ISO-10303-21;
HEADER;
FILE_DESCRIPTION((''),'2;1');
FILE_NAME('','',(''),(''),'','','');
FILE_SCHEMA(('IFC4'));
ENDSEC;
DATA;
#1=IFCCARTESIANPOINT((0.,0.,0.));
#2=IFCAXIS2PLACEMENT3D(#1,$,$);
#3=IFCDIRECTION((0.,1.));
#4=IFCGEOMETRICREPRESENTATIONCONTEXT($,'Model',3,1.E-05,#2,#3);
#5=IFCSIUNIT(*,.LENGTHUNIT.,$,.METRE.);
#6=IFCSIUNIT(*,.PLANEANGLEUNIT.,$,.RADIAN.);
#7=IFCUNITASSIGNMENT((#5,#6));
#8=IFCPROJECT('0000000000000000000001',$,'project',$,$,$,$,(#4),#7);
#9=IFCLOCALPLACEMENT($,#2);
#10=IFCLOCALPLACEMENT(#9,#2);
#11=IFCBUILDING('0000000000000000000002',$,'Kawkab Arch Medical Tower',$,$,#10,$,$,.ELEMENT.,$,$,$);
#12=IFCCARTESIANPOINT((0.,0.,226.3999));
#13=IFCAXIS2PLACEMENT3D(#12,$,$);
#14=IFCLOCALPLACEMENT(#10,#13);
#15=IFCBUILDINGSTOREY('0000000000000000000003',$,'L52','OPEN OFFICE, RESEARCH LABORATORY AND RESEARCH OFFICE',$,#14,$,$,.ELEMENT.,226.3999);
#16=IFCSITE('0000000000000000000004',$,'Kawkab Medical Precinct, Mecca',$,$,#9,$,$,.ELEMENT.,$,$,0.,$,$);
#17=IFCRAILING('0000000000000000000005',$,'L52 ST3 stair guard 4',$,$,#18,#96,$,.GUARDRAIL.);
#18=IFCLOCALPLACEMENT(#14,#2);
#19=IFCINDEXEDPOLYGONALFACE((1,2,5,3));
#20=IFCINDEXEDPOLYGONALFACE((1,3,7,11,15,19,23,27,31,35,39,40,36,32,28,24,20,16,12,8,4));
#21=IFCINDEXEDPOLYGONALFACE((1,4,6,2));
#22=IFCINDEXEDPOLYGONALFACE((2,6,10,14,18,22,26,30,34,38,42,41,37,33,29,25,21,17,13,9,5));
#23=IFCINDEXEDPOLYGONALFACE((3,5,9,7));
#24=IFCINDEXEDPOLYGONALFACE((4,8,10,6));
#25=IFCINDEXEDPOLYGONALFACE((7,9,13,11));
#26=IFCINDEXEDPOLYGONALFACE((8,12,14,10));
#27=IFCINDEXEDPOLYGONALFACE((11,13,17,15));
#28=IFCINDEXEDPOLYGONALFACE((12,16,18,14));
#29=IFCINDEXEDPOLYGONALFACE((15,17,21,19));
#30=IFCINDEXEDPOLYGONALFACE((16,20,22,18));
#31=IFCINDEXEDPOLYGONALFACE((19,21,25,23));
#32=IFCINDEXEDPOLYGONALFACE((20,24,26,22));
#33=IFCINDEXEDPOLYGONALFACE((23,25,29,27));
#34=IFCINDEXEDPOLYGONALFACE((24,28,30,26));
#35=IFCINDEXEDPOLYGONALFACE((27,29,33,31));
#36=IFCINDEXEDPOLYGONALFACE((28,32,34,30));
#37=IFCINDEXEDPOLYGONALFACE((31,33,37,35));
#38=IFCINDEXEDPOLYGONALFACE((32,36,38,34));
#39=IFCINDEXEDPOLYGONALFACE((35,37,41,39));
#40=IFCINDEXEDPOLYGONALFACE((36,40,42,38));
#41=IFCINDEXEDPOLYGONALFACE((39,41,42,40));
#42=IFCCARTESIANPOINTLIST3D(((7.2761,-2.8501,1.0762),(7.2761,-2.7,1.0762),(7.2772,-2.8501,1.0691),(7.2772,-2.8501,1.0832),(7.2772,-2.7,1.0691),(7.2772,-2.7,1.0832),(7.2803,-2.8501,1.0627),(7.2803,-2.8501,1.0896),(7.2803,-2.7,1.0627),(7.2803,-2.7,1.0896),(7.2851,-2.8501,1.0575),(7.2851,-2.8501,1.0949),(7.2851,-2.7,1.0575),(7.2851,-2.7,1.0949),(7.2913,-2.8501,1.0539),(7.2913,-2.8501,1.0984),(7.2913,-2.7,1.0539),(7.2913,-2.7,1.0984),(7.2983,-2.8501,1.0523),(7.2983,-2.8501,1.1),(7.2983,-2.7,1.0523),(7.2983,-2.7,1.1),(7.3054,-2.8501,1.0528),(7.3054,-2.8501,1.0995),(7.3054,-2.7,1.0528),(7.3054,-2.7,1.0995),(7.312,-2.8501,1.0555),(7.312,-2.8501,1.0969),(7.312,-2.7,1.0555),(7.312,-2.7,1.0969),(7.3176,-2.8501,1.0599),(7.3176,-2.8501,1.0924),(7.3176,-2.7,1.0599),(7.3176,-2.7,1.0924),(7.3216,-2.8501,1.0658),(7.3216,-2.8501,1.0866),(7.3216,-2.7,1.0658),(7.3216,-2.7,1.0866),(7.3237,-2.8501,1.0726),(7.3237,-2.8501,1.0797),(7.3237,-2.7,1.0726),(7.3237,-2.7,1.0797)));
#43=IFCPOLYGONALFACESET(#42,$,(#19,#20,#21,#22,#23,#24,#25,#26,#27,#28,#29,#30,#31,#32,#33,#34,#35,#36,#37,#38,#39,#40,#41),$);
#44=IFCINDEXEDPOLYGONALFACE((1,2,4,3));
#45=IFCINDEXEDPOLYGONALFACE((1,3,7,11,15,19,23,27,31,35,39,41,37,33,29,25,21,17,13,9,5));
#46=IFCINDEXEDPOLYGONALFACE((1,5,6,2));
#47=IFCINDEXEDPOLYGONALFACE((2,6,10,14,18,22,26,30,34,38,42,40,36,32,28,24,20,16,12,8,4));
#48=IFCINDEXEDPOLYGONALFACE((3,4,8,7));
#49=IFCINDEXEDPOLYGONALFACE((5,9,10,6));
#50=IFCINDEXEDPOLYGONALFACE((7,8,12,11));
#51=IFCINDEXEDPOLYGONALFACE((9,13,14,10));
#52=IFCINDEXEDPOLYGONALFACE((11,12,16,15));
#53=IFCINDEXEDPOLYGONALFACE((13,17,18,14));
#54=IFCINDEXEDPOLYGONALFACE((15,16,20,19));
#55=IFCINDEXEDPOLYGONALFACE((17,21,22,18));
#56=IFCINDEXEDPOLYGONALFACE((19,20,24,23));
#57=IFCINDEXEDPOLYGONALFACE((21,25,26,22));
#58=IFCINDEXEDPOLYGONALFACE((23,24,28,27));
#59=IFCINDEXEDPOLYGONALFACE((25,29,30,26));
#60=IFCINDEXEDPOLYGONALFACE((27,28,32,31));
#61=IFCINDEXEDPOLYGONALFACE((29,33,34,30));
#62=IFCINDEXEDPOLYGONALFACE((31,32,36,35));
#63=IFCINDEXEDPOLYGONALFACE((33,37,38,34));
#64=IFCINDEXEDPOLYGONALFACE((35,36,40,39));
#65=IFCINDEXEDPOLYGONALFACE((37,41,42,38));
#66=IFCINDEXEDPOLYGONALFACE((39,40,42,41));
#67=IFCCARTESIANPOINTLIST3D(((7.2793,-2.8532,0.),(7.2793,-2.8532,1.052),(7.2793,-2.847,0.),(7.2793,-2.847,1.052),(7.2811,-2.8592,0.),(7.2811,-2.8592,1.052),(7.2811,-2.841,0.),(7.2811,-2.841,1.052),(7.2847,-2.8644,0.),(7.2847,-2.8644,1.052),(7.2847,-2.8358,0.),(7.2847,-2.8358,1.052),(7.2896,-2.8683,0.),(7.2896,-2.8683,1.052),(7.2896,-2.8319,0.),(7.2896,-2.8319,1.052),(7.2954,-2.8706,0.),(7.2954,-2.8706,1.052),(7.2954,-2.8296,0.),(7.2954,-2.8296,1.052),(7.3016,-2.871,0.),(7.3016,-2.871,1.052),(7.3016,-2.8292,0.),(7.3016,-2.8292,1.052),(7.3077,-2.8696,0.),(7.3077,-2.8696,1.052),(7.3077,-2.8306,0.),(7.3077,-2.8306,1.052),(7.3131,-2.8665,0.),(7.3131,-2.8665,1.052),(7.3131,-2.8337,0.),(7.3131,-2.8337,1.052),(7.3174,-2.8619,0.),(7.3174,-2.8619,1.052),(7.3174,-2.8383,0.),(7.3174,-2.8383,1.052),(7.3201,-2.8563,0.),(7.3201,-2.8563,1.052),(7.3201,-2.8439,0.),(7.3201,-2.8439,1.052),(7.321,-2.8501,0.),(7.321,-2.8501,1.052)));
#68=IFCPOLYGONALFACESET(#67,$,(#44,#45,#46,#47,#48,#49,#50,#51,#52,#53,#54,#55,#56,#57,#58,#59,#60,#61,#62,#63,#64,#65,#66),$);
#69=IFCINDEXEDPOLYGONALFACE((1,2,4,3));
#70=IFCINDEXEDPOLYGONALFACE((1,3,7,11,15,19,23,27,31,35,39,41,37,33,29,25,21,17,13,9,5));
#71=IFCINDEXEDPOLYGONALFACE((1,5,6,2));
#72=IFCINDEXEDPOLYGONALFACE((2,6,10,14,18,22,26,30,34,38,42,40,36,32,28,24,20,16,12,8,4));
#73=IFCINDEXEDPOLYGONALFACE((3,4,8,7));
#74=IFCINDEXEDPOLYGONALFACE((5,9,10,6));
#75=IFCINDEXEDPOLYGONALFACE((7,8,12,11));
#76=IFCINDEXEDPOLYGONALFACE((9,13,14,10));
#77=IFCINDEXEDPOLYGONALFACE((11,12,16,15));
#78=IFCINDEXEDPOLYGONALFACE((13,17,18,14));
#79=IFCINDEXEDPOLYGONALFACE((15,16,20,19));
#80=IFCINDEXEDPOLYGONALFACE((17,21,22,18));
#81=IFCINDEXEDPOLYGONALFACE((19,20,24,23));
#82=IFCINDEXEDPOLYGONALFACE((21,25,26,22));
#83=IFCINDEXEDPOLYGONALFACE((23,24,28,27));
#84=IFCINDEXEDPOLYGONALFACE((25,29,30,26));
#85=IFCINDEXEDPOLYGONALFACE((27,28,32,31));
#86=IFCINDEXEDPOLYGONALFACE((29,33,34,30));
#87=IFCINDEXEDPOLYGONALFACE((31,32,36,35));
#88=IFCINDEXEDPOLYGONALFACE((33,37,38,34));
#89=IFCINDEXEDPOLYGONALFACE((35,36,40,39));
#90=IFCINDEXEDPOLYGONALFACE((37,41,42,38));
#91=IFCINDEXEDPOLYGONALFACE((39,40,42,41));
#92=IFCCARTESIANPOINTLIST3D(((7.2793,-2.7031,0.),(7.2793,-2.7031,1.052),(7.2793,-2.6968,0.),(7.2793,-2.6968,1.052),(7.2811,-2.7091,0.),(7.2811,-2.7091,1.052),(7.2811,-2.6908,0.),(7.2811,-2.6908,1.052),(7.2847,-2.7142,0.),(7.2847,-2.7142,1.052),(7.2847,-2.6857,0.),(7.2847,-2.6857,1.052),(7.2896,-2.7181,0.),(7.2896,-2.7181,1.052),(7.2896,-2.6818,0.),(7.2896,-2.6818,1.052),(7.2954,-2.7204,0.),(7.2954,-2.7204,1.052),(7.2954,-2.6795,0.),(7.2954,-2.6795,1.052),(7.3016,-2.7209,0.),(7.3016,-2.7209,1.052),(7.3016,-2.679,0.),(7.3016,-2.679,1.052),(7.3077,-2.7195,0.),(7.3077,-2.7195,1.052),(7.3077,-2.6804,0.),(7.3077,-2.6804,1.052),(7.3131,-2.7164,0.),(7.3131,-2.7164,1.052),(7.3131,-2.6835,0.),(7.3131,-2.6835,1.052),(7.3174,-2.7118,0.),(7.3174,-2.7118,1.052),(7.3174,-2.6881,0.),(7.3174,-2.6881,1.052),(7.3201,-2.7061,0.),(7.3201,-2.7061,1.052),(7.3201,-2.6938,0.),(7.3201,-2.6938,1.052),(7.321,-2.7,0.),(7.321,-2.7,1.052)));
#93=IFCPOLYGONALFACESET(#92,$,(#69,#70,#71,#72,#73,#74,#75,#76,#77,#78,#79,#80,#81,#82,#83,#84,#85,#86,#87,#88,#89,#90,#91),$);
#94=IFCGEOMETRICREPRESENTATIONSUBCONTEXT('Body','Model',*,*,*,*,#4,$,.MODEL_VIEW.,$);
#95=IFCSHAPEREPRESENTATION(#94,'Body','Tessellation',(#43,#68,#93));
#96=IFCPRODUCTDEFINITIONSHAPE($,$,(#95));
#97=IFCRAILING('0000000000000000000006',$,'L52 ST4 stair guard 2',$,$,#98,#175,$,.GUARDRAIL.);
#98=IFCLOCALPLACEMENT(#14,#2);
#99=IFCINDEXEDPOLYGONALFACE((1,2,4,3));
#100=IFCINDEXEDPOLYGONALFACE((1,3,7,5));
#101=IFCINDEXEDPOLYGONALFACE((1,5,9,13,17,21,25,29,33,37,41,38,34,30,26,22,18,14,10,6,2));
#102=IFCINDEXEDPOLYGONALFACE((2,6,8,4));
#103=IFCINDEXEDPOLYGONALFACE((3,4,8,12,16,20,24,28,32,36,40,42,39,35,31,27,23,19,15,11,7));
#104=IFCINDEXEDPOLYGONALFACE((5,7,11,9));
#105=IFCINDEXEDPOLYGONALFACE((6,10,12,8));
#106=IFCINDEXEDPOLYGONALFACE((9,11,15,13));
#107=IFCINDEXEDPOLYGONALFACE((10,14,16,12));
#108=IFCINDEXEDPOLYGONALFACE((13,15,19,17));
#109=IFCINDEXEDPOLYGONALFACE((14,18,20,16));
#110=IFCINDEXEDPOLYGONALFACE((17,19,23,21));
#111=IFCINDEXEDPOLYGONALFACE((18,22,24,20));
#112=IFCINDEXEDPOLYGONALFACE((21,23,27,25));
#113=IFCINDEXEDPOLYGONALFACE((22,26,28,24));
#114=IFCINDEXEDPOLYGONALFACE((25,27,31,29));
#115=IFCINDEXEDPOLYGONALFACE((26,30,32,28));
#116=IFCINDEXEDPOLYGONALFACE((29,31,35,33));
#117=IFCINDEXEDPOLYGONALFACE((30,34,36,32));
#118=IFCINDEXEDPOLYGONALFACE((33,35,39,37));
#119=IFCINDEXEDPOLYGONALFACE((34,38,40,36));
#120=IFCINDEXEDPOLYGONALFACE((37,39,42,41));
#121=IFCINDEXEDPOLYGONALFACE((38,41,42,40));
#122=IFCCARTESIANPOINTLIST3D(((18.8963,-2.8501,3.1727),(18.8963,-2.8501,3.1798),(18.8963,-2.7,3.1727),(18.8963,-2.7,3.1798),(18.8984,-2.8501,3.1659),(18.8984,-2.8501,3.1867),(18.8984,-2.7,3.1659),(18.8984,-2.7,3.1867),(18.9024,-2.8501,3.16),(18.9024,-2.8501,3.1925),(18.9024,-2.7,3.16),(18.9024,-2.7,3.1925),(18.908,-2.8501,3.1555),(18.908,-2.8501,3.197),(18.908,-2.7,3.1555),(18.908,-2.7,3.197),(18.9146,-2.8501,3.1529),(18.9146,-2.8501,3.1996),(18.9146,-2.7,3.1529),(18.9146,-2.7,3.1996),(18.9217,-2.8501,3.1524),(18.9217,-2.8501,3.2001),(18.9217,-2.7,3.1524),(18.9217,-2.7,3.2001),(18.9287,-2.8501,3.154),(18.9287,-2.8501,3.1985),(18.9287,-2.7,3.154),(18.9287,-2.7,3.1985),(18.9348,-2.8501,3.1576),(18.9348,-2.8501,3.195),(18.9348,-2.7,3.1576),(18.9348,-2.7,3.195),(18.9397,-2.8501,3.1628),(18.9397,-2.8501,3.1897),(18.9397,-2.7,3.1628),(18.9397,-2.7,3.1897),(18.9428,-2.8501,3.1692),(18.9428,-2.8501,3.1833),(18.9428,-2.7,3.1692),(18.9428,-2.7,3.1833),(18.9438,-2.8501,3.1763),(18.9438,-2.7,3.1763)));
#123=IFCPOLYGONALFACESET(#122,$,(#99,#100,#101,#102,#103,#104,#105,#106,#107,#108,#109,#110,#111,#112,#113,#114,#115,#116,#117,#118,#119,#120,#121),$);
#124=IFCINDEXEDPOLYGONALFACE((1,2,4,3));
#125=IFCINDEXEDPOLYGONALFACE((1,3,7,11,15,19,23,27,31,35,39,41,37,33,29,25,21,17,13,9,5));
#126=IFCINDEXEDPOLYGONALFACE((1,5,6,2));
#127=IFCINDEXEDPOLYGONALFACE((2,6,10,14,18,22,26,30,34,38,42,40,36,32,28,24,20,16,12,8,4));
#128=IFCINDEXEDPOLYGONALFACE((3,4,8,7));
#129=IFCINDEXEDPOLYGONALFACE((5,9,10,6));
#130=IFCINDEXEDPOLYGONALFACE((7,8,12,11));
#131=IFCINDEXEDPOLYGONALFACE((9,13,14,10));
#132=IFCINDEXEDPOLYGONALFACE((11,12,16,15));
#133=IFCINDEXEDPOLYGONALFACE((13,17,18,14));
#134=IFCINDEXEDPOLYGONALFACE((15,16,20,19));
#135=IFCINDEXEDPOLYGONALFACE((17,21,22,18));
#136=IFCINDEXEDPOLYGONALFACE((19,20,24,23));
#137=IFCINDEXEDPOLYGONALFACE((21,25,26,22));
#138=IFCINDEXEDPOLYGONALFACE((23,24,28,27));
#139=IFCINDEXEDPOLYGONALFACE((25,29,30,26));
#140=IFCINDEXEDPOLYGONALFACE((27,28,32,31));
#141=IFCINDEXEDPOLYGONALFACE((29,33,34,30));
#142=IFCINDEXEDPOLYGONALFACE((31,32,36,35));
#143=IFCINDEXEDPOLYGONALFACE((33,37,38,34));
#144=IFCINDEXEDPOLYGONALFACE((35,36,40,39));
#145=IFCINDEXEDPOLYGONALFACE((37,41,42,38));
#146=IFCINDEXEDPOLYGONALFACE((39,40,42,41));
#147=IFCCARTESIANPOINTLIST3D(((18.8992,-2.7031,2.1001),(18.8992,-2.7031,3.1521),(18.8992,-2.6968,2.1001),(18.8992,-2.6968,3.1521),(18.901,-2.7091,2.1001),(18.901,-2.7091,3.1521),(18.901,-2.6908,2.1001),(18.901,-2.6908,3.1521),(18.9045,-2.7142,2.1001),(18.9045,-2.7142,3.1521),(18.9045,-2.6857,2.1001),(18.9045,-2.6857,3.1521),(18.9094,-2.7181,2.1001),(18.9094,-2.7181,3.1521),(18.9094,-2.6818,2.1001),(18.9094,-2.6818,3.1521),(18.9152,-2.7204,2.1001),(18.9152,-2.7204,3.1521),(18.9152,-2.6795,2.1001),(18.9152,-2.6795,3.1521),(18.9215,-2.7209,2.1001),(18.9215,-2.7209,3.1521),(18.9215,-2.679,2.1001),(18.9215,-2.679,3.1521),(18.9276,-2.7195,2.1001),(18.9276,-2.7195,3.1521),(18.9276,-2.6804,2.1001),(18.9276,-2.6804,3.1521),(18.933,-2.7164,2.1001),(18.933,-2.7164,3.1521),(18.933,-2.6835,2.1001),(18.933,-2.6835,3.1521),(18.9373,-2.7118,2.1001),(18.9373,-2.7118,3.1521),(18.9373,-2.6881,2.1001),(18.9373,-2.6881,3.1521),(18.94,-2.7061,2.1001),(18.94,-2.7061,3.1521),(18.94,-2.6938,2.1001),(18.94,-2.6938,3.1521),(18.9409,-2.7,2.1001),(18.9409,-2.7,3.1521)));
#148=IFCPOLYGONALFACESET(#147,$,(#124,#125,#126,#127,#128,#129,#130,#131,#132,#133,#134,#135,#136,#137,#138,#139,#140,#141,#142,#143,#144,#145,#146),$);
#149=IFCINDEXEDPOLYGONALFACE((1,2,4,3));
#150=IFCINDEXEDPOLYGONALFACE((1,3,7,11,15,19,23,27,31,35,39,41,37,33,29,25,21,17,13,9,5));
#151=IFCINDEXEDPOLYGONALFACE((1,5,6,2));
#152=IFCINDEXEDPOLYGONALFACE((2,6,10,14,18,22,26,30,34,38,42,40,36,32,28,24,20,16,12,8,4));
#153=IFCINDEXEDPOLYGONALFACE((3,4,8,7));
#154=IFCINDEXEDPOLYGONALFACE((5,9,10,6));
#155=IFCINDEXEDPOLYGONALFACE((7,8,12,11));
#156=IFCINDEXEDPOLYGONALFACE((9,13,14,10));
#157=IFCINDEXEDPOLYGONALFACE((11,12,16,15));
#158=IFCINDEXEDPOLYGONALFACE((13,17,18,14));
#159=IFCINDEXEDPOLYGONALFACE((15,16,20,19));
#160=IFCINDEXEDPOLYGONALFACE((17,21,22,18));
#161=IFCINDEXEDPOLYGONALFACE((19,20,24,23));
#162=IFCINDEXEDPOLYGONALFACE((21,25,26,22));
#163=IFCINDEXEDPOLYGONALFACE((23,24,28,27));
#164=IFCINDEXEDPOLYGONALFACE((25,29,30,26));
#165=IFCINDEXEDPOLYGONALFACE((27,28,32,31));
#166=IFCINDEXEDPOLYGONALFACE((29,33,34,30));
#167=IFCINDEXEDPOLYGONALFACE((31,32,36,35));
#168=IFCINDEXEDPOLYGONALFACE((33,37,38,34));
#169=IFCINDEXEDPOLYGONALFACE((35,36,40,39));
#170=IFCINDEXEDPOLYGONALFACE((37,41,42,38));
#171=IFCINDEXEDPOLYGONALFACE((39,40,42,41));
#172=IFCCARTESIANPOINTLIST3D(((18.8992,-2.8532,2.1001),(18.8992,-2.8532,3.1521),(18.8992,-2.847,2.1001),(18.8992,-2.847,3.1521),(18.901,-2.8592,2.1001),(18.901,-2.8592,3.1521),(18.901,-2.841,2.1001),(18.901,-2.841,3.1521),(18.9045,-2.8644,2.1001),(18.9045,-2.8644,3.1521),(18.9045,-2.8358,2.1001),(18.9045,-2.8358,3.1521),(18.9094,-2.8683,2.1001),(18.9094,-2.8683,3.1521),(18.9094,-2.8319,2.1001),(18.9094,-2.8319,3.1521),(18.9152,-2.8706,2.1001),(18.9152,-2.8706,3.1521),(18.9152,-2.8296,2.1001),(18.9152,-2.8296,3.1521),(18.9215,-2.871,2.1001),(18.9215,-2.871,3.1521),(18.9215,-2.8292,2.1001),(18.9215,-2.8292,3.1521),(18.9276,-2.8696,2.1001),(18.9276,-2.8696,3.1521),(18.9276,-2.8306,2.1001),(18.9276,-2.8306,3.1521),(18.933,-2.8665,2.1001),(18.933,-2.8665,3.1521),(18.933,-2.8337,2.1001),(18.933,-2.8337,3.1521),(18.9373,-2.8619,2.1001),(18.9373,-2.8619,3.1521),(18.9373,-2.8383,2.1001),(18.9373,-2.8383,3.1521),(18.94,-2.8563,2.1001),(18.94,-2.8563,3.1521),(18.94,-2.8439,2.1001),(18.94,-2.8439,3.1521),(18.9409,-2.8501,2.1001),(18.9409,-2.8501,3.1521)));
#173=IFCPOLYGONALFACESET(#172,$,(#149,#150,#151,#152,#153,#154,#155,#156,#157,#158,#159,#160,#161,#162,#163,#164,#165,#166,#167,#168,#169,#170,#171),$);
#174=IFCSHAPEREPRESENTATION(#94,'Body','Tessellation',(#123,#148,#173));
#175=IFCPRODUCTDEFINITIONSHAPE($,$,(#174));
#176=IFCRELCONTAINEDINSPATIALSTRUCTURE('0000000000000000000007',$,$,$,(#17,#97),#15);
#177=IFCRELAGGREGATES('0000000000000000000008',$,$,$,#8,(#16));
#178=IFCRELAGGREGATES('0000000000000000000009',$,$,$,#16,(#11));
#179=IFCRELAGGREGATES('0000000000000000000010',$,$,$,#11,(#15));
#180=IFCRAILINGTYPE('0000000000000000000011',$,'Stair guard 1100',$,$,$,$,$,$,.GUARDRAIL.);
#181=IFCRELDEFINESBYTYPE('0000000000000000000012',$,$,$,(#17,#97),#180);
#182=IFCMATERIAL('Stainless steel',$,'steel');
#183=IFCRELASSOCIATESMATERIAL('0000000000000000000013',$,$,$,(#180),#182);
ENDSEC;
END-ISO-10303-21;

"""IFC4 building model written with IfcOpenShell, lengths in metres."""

from ifc_helpers import new_model, si_unit, direction, frame, origin, origin_2d, place, context, subcontext, project, spatial, circle, extrude, material, type_object, element, save


model = new_model("IFC4")

# Units and contexts
model_context = context("Model", 3, precision=1e-05, world=origin(), true_north=direction((0.0, 1.0)))
body_context = subcontext(model_context, "Body", "Model", "MODEL_VIEW")
ifc_project = project(units=[si_unit("LENGTHUNIT", "METRE"), si_unit("PLANEANGLEUNIT", "RADIAN")], contexts=[model_context])

# Site, building, storey
site_placement = place(None, origin())
site = spatial("IfcSite", under=ifc_project, at=site_placement, Name="Kawkab Medical Precinct, Mecca", CompositionType="ELEMENT", RefElevation=0.0)
building_placement = place(site_placement, origin())
building = spatial("IfcBuilding", under=site, at=building_placement, Name="Kawkab Arch Medical Tower", CompositionType="ELEMENT")
storey_placement = place(building_placement, frame((0.0, 0.0, 226.3999)))
storey = spatial("IfcBuildingStorey", under=building, at=storey_placement, Name="L52", Description="OPEN OFFICE, RESEARCH LABORATORY AND RESEARCH OFFICE", CompositionType="ELEMENT", Elevation=226.3999)

# Railings
ifc_material_1 = material(Name="Stainless steel", Category="steel")
railing_type_1 = type_object("IfcRailingType", Name="Stair guard 1100", PredefinedType="GUARDRAIL", material=ifc_material_1)
railing_1_placement = place(storey_placement, frame((7.3, -2.8501, 0.0)))
element("IfcRailing", 1, at=railing_1_placement, inside=storey, type_object=railing_type_1, Name="L52 ST3 stair guard 4", PredefinedType="GUARDRAIL", context=body_context, shape_type="SweptSolid", body=[
    extrude(circle(Radius=0.0239, at=origin_2d()), frame((0.0, 0.0, 1.0762), z_axis=(0.0, 1.0, 0.0), x_axis=(-1.0, 0.0, 0.0)), (0.0, 0.0, 1.0), 0.1501),
    extrude(circle(Radius=0.021, at=origin_2d()), origin(), (0.0, 0.0, 1.0), 1.052),
    extrude(circle(Radius=0.021, at=origin_2d()), frame((0.0, 0.1501, 0.0)), (0.0, 0.0, 1.0), 1.052),
])
railing_2_placement = place(storey_placement, frame((18.9199, -2.7, 2.1001)))
element("IfcRailing", 2, at=railing_2_placement, inside=storey, type_object=railing_type_1, Name="L52 ST4 stair guard 2", PredefinedType="GUARDRAIL", context=body_context, shape_type="SweptSolid", body=[
    extrude(circle(Radius=0.0239, at=origin_2d()), frame((0.0, 0.0, 1.0762), z_axis=(0.0, -1.0, 0.0), x_axis=(1.0, 0.0, 0.0)), (0.0, 0.0, 1.0), 0.1501),
    extrude(circle(Radius=0.021, at=origin_2d()), origin(), (0.0, 0.0, 1.0), 1.052),
    extrude(circle(Radius=0.021, at=origin_2d()), frame((0.0, -0.1501, 0.0)), (0.0, 0.0, 1.0), 1.052),
])

save(model, "model.ifc")
